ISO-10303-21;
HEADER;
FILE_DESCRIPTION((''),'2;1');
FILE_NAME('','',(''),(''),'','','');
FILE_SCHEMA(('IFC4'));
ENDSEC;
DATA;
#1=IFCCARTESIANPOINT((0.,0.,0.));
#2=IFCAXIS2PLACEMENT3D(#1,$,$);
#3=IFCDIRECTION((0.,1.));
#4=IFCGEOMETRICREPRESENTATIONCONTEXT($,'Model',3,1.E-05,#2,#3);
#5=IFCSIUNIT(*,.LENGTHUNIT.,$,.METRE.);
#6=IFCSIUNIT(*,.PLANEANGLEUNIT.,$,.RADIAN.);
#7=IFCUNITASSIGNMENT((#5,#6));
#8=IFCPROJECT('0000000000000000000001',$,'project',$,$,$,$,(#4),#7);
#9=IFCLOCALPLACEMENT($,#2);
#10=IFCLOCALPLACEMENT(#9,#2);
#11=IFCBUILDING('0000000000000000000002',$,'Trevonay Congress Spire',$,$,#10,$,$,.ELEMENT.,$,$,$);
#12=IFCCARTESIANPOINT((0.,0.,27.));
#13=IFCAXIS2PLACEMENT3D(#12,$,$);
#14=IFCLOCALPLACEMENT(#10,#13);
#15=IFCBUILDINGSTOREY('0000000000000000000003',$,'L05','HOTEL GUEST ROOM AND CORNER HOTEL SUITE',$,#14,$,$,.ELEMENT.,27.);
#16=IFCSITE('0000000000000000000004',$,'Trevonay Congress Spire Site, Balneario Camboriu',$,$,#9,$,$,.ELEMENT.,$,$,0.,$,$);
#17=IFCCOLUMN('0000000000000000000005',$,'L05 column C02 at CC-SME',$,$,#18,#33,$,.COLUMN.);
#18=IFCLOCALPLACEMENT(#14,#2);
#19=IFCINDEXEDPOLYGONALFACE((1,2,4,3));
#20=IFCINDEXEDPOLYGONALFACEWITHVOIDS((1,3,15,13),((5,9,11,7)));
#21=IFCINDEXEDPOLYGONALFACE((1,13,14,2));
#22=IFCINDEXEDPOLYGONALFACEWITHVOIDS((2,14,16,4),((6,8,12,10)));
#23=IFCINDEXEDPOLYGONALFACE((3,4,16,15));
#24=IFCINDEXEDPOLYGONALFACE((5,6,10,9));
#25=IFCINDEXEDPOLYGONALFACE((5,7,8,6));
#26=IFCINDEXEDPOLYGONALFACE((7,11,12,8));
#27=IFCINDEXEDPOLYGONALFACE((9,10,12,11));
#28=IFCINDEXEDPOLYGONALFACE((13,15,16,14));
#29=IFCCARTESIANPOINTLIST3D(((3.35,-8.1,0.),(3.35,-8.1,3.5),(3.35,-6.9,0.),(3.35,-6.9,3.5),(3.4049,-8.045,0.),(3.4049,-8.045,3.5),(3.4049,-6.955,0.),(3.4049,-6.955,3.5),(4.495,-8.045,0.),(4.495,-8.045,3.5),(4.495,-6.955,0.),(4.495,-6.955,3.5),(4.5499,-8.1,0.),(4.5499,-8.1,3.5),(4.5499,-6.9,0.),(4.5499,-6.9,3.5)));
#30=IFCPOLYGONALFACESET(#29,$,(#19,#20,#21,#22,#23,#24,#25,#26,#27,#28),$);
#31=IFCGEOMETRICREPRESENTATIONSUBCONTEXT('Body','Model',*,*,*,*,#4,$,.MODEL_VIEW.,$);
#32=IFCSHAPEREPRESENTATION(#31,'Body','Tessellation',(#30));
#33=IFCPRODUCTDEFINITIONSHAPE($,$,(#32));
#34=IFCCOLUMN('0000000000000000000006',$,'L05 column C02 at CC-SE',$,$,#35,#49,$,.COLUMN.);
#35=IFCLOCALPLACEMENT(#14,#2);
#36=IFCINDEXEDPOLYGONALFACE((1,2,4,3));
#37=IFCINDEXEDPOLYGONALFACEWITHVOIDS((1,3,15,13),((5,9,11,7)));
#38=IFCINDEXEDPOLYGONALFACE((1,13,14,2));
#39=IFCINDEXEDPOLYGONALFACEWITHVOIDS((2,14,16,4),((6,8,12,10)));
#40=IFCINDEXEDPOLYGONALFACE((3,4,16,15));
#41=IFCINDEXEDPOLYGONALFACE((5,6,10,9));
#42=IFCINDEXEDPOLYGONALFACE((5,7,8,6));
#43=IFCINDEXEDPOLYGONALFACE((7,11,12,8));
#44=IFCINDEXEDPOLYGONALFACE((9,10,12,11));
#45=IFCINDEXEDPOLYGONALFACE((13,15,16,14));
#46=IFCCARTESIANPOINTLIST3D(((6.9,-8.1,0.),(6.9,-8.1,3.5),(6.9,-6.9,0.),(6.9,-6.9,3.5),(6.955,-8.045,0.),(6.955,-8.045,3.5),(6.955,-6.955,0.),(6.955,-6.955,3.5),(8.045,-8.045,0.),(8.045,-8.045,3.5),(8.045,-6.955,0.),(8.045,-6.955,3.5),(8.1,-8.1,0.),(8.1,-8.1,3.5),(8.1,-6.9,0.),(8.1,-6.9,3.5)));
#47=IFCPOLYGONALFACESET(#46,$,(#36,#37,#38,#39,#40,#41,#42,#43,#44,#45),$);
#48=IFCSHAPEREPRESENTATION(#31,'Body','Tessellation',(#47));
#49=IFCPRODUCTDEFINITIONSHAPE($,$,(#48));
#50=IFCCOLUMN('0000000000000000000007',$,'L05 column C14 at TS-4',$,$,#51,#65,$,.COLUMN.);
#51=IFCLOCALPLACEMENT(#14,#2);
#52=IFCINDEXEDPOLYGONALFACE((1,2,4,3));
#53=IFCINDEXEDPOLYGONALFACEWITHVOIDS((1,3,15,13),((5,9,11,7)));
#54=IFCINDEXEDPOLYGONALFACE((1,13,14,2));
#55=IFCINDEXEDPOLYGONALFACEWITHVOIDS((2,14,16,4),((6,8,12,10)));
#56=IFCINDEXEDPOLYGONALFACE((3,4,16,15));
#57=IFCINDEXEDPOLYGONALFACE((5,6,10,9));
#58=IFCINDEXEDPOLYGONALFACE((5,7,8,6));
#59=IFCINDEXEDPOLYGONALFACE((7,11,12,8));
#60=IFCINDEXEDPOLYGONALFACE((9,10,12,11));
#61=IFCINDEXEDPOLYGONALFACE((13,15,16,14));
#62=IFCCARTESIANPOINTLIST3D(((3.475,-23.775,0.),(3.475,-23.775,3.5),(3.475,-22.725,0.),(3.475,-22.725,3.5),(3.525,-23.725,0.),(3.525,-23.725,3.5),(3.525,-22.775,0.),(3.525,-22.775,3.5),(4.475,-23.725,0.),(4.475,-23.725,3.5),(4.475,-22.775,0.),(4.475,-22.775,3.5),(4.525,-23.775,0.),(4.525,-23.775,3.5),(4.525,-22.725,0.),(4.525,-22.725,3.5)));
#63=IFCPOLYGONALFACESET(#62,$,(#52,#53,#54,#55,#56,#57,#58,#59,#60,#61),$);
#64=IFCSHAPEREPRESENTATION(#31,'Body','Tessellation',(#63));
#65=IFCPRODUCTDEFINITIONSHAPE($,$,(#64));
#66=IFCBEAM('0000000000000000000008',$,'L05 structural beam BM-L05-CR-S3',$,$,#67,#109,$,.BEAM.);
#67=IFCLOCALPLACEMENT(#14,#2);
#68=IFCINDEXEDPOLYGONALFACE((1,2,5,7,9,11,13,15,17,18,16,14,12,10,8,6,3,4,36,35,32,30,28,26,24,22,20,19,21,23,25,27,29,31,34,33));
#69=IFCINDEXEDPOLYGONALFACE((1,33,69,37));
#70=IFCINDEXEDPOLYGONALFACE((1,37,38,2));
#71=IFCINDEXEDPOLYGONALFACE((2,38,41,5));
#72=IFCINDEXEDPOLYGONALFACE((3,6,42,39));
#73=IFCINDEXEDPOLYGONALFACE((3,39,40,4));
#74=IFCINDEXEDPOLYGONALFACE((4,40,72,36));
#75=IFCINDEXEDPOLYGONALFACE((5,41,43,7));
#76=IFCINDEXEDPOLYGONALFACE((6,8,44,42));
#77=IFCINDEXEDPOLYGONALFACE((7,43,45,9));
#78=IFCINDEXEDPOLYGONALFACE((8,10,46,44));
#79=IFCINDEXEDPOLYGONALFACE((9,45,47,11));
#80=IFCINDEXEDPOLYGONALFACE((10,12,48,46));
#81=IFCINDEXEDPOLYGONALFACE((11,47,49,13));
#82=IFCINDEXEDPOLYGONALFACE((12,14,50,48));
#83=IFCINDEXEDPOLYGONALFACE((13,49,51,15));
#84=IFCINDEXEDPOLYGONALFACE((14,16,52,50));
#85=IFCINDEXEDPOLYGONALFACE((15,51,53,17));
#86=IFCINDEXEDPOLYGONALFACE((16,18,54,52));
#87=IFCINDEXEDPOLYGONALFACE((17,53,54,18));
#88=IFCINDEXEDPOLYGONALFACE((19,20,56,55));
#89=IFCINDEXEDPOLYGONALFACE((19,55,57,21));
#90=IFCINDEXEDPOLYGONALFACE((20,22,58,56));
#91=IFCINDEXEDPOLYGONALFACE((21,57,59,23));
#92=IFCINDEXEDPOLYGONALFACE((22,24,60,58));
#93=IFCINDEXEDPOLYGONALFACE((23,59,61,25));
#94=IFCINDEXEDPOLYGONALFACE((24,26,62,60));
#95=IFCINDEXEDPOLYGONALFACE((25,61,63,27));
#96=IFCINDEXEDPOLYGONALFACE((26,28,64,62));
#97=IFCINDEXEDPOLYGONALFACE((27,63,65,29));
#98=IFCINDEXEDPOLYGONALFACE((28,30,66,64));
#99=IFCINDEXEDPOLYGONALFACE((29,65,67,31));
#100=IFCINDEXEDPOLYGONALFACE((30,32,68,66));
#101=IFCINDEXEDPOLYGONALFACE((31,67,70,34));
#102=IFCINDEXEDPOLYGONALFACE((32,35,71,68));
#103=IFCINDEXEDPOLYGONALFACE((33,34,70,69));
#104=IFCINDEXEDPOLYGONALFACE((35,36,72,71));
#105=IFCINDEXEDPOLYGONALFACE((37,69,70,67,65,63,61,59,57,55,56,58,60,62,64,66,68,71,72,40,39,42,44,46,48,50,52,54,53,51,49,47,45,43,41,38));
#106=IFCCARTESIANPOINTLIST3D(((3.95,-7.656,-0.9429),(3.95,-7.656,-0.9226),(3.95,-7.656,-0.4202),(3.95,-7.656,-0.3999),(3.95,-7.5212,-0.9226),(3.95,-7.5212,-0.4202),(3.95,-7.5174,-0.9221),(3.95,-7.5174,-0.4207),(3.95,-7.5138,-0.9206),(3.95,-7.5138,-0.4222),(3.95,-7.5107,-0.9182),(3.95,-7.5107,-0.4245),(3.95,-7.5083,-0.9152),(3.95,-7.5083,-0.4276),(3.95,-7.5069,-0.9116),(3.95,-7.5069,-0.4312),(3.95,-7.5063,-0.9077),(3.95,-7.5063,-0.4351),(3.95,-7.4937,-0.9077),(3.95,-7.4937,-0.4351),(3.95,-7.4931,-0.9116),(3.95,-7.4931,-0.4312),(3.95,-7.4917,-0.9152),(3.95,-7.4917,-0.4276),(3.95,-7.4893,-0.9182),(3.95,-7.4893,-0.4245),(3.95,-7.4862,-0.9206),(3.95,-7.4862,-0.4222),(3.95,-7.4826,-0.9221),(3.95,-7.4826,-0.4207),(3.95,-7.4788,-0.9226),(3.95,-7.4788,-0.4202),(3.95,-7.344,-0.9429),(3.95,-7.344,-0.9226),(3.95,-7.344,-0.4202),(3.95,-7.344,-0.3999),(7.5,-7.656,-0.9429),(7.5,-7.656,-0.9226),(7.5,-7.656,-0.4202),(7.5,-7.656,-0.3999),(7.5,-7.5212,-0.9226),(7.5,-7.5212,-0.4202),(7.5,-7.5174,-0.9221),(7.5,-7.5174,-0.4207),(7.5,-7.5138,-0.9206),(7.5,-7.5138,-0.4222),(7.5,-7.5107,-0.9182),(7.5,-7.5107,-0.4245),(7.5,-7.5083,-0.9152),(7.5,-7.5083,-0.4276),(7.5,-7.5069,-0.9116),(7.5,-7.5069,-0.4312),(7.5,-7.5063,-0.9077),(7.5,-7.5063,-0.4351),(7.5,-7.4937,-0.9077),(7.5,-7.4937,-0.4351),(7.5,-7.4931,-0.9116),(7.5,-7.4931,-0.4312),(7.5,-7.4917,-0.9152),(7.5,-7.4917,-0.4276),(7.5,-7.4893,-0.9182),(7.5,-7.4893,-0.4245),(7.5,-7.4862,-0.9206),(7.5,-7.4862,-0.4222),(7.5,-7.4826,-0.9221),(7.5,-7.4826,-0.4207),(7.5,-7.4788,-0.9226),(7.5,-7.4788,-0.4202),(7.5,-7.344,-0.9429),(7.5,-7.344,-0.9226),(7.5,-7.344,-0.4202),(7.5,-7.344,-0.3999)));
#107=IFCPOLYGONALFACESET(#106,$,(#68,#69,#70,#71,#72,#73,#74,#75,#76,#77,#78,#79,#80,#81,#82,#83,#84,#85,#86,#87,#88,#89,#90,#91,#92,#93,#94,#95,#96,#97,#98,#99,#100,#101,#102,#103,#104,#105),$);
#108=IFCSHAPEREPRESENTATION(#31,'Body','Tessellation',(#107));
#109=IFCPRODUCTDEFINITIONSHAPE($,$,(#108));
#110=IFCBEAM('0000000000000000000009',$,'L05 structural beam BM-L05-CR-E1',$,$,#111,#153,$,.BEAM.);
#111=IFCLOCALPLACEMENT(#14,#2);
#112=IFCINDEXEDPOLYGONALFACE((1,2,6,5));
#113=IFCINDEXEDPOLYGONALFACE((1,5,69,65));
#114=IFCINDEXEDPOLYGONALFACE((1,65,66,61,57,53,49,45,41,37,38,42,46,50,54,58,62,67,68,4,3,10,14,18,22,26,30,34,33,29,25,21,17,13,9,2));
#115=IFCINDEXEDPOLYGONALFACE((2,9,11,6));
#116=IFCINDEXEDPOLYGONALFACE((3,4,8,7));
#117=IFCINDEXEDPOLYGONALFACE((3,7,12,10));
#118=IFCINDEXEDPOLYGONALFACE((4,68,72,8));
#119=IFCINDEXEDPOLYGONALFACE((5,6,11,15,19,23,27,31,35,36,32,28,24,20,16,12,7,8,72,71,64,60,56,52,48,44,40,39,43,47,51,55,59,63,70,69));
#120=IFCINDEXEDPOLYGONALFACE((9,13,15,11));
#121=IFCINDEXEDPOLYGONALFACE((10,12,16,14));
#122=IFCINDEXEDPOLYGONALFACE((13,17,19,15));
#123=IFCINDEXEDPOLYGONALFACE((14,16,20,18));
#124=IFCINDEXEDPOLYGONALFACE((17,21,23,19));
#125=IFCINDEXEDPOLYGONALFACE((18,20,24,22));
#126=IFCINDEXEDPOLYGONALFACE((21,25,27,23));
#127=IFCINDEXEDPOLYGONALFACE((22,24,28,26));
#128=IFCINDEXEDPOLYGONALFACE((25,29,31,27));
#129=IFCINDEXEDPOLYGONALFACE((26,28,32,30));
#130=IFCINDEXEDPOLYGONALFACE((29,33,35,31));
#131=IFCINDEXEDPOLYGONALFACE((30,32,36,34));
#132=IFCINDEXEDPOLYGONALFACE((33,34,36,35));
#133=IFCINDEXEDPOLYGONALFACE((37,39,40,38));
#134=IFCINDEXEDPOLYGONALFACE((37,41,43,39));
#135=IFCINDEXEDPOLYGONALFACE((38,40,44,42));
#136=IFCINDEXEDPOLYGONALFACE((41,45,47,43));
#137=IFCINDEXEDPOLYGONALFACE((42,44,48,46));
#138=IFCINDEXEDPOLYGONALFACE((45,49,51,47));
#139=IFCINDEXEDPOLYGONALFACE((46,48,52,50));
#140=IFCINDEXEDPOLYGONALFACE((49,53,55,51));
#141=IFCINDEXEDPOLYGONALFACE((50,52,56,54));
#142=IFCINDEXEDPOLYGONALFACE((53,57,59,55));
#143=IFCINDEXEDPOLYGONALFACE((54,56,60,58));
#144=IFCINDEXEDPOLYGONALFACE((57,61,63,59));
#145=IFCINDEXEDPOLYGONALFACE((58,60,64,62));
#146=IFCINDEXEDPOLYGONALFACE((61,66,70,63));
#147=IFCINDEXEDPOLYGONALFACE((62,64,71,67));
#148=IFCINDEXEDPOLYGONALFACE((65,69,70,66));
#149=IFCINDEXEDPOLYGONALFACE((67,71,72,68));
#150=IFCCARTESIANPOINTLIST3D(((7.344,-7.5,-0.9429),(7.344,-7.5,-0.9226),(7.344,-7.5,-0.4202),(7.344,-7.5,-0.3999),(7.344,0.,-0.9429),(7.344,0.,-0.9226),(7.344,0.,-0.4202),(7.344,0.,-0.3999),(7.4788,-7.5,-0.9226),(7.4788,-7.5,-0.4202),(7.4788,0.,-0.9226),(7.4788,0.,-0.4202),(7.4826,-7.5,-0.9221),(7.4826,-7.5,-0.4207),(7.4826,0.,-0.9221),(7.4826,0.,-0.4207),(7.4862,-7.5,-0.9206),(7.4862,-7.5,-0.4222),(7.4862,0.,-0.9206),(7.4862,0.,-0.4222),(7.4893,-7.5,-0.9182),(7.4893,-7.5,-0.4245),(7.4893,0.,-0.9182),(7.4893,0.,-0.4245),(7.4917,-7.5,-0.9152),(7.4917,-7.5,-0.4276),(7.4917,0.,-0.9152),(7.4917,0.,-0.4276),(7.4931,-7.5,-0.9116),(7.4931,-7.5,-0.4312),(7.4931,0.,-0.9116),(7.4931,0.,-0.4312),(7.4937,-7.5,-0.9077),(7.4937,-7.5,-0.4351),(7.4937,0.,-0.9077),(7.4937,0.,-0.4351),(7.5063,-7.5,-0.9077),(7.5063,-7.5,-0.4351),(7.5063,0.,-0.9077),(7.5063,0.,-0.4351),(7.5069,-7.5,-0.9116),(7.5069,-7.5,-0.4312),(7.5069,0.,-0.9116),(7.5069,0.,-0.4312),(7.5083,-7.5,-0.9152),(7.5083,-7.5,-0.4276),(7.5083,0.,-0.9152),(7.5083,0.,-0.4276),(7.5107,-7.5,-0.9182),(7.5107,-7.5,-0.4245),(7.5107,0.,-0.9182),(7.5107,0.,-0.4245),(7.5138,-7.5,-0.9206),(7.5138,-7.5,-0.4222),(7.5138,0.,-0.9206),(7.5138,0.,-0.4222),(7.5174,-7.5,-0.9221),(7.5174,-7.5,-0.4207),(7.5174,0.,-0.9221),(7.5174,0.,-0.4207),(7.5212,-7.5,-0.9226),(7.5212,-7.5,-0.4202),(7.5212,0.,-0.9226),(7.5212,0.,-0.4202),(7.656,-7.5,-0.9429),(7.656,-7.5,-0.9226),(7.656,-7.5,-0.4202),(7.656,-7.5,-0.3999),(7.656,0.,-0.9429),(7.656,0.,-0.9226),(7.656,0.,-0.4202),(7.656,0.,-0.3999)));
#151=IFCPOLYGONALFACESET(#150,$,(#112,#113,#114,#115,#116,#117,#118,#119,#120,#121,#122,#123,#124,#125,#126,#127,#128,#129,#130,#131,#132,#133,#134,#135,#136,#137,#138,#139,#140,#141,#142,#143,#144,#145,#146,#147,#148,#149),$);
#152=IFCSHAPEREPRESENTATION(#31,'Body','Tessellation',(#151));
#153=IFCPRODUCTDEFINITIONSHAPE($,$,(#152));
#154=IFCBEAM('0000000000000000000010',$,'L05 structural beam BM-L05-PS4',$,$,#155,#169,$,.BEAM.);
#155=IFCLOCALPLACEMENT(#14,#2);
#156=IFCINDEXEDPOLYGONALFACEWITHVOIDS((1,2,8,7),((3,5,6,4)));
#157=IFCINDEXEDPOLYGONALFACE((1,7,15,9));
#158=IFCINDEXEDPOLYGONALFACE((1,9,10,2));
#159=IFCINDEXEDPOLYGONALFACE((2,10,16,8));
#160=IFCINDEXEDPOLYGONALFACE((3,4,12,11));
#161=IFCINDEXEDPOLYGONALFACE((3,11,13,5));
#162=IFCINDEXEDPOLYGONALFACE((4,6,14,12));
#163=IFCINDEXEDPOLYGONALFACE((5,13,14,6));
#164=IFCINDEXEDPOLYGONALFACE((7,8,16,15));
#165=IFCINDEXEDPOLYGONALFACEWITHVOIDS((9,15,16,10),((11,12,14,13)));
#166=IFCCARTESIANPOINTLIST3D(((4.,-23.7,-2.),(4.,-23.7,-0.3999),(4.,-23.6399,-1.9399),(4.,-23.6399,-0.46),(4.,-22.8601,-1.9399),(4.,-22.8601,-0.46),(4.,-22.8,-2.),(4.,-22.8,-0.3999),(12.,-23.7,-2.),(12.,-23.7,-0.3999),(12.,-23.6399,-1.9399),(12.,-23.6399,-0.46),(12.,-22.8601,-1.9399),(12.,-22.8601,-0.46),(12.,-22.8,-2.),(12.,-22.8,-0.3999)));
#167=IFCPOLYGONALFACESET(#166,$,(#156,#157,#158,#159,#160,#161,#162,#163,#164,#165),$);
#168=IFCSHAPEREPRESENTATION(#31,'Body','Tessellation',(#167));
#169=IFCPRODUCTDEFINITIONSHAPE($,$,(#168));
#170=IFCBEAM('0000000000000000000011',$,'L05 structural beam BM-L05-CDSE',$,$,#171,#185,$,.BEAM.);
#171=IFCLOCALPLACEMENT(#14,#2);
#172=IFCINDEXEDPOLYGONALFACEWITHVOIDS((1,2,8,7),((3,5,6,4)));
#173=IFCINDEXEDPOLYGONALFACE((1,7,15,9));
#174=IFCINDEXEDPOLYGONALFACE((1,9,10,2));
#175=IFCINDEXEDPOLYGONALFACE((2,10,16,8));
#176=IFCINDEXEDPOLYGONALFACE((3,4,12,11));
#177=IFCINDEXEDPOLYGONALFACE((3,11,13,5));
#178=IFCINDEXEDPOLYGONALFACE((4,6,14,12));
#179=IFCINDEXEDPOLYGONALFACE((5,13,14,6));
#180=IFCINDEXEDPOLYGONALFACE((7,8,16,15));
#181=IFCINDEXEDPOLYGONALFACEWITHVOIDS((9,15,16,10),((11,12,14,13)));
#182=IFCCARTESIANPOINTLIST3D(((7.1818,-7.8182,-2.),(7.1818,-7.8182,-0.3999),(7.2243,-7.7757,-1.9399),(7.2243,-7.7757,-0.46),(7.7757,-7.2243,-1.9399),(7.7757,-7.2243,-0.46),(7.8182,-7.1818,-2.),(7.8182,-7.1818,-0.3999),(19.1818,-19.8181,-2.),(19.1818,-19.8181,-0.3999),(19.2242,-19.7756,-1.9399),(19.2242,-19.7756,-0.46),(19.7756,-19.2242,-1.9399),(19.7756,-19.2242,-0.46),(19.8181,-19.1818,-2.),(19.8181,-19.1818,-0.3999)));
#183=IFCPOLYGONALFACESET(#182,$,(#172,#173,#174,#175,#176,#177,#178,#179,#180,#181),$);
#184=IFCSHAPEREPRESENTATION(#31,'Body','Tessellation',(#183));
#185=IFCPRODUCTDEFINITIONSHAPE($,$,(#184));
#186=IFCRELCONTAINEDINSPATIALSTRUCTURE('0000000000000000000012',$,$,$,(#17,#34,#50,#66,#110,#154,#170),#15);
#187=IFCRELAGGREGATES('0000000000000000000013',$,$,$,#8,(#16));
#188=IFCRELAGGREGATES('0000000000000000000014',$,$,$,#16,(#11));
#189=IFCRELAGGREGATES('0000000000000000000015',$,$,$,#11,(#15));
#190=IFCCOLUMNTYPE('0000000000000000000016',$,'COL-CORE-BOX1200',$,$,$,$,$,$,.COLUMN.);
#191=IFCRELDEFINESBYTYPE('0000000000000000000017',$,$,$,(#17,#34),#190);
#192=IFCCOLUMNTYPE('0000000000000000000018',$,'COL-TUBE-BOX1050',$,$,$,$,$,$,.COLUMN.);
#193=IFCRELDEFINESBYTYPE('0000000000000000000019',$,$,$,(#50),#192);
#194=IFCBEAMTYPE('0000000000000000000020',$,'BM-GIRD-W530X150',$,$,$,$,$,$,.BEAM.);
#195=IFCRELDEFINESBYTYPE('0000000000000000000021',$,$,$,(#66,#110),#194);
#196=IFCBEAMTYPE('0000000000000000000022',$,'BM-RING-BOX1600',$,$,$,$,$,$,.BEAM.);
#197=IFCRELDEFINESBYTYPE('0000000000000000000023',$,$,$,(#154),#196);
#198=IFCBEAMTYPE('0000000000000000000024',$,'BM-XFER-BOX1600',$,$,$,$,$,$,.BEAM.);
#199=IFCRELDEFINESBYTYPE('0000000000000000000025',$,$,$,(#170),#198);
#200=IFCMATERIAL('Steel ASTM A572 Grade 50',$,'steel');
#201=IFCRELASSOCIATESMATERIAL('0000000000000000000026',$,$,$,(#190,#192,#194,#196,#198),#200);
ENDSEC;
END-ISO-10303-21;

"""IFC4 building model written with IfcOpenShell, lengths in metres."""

from ifc_helpers import new_model, si_unit, direction, frame, origin, origin_2d, place, context, subcontext, project, spatial, hollow_rectangle, i_section, extrude, material, material_profile, profile_set, type_object, element, save


model = new_model("IFC4")

# Units and contexts
model_context = context("Model", 3, precision=1e-05, world=origin(), true_north=direction((0.0, 1.0)))
body_context = subcontext(model_context, "Body", "Model", "MODEL_VIEW")
ifc_project = project(units=[si_unit("LENGTHUNIT", "METRE"), si_unit("PLANEANGLEUNIT", "RADIAN")], contexts=[model_context])

# Site, building, storey
site_placement = place(None, origin())
site = spatial("IfcSite", under=ifc_project, at=site_placement, Name="Trevonay Congress Spire Site, Balneario Camboriu", CompositionType="ELEMENT", RefElevation=0.0)
building_placement = place(site_placement, origin())
building = spatial("IfcBuilding", under=site, at=building_placement, Name="Trevonay Congress Spire", CompositionType="ELEMENT")
storey_placement = place(building_placement, frame((0.0, 0.0, 27.0)))
storey = spatial("IfcBuildingStorey", under=building, at=storey_placement, Name="L05", Description="HOTEL GUEST ROOM AND CORNER HOTEL SUITE", CompositionType="ELEMENT", Elevation=27.0)

# Columns
ifc_material_1 = material(Name="Steel ASTM A572 Grade 50", Category="steel")
ifc_material_profile_1 = material_profile(ifc_material_1, hollow_rectangle(XDim=1.2, YDim=1.2, WallThickness=0.0549, at=origin_2d()), Name="BOX 1200x1200x55")
ifc_profile_set_1 = profile_set([ifc_material_profile_1], Name="Steel ASTM A572 Grade 50")
column_type_1 = type_object("IfcColumnType", Name="COL-CORE-BOX1200", PredefinedType="COLUMN", material=ifc_profile_set_1)
for number, where, z_axis, x_axis, name in (
    (1, (3.95, -7.5, 0.0), (0.0, 0.0, 1.0), (1.0, 0.0, 0.0), "L05 column C02 at CC-SME"),
    (2, (7.5, -7.5, 0.0), (0.0, 0.0, 1.0), (1.0, 0.0, 0.0), "L05 column C02 at CC-SE"),
):
    element("IfcColumn", number, at=place(storey_placement, frame(where, z_axis=z_axis, x_axis=x_axis)), inside=storey, type_object=column_type_1, Name=name, PredefinedType="COLUMN", context=body_context, shape_type="SweptSolid", body=[
        extrude(hollow_rectangle(XDim=1.2, YDim=1.2, WallThickness=0.0549, at=origin_2d()), origin(), (0.0, 0.0, 1.0), 3.5),
    ])
ifc_material_profile_2 = material_profile(ifc_material_1, hollow_rectangle(XDim=1.05, YDim=1.05, WallThickness=0.05, at=origin_2d()), Name="BOX 1050x1050x50")
ifc_profile_set_2 = profile_set([ifc_material_profile_2], Name="Steel ASTM A572 Grade 50")
column_type_2 = type_object("IfcColumnType", Name="COL-TUBE-BOX1050", PredefinedType="COLUMN", material=ifc_profile_set_2)
column_placement = place(storey_placement, frame((4.0, -23.25, 0.0), z_axis=(0.0, 0.0, 1.0), x_axis=(1.0, 0.0, 0.0)))
element("IfcColumn", 3, at=column_placement, inside=storey, type_object=column_type_2, Name="L05 column C14 at TS-4", PredefinedType="COLUMN", context=body_context, shape_type="SweptSolid", body=[
    extrude(hollow_rectangle(XDim=1.05, YDim=1.05, WallThickness=0.05, at=origin_2d()), origin(), (0.0, 0.0, 1.0), 3.5),
])

# Beams
ifc_material_profile_3 = material_profile(ifc_material_1, i_section(OverallWidth=0.312, OverallDepth=0.543, WebThickness=0.0127, FlangeThickness=0.0203, FilletRadius=0.0149, at=origin_2d()), Name="W530x150")
ifc_profile_set_3 = profile_set([ifc_material_profile_3], Name="Steel ASTM A572 Grade 50")
beam_type_1 = type_object("IfcBeamType", Name="BM-GIRD-W530X150", PredefinedType="BEAM", material=ifc_profile_set_3)
beam_1_placement = place(storey_placement, frame((3.95, -7.5, -0.6714), z_axis=(1.0, 0.0, 0.0), x_axis=(0.0, 1.0, 0.0)))
element("IfcBeam", 4, at=beam_1_placement, inside=storey, type_object=beam_type_1, Name="L05 structural beam BM-L05-CR-S3", PredefinedType="BEAM", context=body_context, shape_type="SweptSolid", body=[
    extrude(i_section(OverallWidth=0.312, OverallDepth=0.543, WebThickness=0.0127, FlangeThickness=0.0203, FilletRadius=0.0149, at=origin_2d()), origin(), (0.0, 0.0, 1.0), 3.55),
])
beam_2_placement = place(storey_placement, frame((7.5, -7.5, -0.6714), z_axis=(0.0, 1.0, 0.0), x_axis=(-1.0, 0.0, 0.0)))
element("IfcBeam", 5, at=beam_2_placement, inside=storey, type_object=beam_type_1, Name="L05 structural beam BM-L05-CR-E1", PredefinedType="BEAM", context=body_context, shape_type="SweptSolid", body=[
    extrude(i_section(OverallWidth=0.312, OverallDepth=0.543, WebThickness=0.0127, FlangeThickness=0.0203, FilletRadius=0.0149, at=origin_2d()), origin(), (0.0, 0.0, 1.0), 7.5),
])
ifc_material_profile_4 = material_profile(ifc_material_1, hollow_rectangle(XDim=0.8999, YDim=1.6001, WallThickness=0.0601, at=origin_2d()), Name="BOX 1600x900x60")
ifc_profile_set_4 = profile_set([ifc_material_profile_4], Name="Steel ASTM A572 Grade 50")
beam_type_2 = type_object("IfcBeamType", Name="BM-RING-BOX1600", PredefinedType="BEAM", material=ifc_profile_set_4)
beam_3_placement = place(storey_placement, frame((4.0, -23.25, -1.2), z_axis=(1.0, 0.0, 0.0), x_axis=(0.0, 1.0, 0.0)))
element("IfcBeam", 6, at=beam_3_placement, inside=storey, type_object=beam_type_2, Name="L05 structural beam BM-L05-PS4", PredefinedType="BEAM", context=body_context, shape_type="SweptSolid", body=[
    extrude(hollow_rectangle(XDim=0.8999, YDim=1.6001, WallThickness=0.0601, at=origin_2d()), origin(), (0.0, 0.0, 1.0), 8.0),
])
ifc_material_profile_5 = material_profile(ifc_material_1, hollow_rectangle(XDim=0.8999, YDim=1.6001, WallThickness=0.0601, at=origin_2d()), Name="BOX 1600x900x60")
ifc_profile_set_5 = profile_set([ifc_material_profile_5], Name="Steel ASTM A572 Grade 50")
beam_type_3 = type_object("IfcBeamType", Name="BM-XFER-BOX1600", PredefinedType="BEAM", material=ifc_profile_set_5)
beam_4_placement = place(storey_placement, frame((7.5, -7.5, -1.2), z_axis=(0.707107, -0.707107, 0.0), x_axis=(0.707107, 0.707107, 0.0)))
element("IfcBeam", 7, at=beam_4_placement, inside=storey, type_object=beam_type_3, Name="L05 structural beam BM-L05-CDSE", PredefinedType="BEAM", context=body_context, shape_type="SweptSolid", body=[
    extrude(hollow_rectangle(XDim=0.8999, YDim=1.6001, WallThickness=0.0601, at=origin_2d()), origin(), (0.0, 0.0, 1.0), 16.9705),
])

save(model, "model.ifc")
